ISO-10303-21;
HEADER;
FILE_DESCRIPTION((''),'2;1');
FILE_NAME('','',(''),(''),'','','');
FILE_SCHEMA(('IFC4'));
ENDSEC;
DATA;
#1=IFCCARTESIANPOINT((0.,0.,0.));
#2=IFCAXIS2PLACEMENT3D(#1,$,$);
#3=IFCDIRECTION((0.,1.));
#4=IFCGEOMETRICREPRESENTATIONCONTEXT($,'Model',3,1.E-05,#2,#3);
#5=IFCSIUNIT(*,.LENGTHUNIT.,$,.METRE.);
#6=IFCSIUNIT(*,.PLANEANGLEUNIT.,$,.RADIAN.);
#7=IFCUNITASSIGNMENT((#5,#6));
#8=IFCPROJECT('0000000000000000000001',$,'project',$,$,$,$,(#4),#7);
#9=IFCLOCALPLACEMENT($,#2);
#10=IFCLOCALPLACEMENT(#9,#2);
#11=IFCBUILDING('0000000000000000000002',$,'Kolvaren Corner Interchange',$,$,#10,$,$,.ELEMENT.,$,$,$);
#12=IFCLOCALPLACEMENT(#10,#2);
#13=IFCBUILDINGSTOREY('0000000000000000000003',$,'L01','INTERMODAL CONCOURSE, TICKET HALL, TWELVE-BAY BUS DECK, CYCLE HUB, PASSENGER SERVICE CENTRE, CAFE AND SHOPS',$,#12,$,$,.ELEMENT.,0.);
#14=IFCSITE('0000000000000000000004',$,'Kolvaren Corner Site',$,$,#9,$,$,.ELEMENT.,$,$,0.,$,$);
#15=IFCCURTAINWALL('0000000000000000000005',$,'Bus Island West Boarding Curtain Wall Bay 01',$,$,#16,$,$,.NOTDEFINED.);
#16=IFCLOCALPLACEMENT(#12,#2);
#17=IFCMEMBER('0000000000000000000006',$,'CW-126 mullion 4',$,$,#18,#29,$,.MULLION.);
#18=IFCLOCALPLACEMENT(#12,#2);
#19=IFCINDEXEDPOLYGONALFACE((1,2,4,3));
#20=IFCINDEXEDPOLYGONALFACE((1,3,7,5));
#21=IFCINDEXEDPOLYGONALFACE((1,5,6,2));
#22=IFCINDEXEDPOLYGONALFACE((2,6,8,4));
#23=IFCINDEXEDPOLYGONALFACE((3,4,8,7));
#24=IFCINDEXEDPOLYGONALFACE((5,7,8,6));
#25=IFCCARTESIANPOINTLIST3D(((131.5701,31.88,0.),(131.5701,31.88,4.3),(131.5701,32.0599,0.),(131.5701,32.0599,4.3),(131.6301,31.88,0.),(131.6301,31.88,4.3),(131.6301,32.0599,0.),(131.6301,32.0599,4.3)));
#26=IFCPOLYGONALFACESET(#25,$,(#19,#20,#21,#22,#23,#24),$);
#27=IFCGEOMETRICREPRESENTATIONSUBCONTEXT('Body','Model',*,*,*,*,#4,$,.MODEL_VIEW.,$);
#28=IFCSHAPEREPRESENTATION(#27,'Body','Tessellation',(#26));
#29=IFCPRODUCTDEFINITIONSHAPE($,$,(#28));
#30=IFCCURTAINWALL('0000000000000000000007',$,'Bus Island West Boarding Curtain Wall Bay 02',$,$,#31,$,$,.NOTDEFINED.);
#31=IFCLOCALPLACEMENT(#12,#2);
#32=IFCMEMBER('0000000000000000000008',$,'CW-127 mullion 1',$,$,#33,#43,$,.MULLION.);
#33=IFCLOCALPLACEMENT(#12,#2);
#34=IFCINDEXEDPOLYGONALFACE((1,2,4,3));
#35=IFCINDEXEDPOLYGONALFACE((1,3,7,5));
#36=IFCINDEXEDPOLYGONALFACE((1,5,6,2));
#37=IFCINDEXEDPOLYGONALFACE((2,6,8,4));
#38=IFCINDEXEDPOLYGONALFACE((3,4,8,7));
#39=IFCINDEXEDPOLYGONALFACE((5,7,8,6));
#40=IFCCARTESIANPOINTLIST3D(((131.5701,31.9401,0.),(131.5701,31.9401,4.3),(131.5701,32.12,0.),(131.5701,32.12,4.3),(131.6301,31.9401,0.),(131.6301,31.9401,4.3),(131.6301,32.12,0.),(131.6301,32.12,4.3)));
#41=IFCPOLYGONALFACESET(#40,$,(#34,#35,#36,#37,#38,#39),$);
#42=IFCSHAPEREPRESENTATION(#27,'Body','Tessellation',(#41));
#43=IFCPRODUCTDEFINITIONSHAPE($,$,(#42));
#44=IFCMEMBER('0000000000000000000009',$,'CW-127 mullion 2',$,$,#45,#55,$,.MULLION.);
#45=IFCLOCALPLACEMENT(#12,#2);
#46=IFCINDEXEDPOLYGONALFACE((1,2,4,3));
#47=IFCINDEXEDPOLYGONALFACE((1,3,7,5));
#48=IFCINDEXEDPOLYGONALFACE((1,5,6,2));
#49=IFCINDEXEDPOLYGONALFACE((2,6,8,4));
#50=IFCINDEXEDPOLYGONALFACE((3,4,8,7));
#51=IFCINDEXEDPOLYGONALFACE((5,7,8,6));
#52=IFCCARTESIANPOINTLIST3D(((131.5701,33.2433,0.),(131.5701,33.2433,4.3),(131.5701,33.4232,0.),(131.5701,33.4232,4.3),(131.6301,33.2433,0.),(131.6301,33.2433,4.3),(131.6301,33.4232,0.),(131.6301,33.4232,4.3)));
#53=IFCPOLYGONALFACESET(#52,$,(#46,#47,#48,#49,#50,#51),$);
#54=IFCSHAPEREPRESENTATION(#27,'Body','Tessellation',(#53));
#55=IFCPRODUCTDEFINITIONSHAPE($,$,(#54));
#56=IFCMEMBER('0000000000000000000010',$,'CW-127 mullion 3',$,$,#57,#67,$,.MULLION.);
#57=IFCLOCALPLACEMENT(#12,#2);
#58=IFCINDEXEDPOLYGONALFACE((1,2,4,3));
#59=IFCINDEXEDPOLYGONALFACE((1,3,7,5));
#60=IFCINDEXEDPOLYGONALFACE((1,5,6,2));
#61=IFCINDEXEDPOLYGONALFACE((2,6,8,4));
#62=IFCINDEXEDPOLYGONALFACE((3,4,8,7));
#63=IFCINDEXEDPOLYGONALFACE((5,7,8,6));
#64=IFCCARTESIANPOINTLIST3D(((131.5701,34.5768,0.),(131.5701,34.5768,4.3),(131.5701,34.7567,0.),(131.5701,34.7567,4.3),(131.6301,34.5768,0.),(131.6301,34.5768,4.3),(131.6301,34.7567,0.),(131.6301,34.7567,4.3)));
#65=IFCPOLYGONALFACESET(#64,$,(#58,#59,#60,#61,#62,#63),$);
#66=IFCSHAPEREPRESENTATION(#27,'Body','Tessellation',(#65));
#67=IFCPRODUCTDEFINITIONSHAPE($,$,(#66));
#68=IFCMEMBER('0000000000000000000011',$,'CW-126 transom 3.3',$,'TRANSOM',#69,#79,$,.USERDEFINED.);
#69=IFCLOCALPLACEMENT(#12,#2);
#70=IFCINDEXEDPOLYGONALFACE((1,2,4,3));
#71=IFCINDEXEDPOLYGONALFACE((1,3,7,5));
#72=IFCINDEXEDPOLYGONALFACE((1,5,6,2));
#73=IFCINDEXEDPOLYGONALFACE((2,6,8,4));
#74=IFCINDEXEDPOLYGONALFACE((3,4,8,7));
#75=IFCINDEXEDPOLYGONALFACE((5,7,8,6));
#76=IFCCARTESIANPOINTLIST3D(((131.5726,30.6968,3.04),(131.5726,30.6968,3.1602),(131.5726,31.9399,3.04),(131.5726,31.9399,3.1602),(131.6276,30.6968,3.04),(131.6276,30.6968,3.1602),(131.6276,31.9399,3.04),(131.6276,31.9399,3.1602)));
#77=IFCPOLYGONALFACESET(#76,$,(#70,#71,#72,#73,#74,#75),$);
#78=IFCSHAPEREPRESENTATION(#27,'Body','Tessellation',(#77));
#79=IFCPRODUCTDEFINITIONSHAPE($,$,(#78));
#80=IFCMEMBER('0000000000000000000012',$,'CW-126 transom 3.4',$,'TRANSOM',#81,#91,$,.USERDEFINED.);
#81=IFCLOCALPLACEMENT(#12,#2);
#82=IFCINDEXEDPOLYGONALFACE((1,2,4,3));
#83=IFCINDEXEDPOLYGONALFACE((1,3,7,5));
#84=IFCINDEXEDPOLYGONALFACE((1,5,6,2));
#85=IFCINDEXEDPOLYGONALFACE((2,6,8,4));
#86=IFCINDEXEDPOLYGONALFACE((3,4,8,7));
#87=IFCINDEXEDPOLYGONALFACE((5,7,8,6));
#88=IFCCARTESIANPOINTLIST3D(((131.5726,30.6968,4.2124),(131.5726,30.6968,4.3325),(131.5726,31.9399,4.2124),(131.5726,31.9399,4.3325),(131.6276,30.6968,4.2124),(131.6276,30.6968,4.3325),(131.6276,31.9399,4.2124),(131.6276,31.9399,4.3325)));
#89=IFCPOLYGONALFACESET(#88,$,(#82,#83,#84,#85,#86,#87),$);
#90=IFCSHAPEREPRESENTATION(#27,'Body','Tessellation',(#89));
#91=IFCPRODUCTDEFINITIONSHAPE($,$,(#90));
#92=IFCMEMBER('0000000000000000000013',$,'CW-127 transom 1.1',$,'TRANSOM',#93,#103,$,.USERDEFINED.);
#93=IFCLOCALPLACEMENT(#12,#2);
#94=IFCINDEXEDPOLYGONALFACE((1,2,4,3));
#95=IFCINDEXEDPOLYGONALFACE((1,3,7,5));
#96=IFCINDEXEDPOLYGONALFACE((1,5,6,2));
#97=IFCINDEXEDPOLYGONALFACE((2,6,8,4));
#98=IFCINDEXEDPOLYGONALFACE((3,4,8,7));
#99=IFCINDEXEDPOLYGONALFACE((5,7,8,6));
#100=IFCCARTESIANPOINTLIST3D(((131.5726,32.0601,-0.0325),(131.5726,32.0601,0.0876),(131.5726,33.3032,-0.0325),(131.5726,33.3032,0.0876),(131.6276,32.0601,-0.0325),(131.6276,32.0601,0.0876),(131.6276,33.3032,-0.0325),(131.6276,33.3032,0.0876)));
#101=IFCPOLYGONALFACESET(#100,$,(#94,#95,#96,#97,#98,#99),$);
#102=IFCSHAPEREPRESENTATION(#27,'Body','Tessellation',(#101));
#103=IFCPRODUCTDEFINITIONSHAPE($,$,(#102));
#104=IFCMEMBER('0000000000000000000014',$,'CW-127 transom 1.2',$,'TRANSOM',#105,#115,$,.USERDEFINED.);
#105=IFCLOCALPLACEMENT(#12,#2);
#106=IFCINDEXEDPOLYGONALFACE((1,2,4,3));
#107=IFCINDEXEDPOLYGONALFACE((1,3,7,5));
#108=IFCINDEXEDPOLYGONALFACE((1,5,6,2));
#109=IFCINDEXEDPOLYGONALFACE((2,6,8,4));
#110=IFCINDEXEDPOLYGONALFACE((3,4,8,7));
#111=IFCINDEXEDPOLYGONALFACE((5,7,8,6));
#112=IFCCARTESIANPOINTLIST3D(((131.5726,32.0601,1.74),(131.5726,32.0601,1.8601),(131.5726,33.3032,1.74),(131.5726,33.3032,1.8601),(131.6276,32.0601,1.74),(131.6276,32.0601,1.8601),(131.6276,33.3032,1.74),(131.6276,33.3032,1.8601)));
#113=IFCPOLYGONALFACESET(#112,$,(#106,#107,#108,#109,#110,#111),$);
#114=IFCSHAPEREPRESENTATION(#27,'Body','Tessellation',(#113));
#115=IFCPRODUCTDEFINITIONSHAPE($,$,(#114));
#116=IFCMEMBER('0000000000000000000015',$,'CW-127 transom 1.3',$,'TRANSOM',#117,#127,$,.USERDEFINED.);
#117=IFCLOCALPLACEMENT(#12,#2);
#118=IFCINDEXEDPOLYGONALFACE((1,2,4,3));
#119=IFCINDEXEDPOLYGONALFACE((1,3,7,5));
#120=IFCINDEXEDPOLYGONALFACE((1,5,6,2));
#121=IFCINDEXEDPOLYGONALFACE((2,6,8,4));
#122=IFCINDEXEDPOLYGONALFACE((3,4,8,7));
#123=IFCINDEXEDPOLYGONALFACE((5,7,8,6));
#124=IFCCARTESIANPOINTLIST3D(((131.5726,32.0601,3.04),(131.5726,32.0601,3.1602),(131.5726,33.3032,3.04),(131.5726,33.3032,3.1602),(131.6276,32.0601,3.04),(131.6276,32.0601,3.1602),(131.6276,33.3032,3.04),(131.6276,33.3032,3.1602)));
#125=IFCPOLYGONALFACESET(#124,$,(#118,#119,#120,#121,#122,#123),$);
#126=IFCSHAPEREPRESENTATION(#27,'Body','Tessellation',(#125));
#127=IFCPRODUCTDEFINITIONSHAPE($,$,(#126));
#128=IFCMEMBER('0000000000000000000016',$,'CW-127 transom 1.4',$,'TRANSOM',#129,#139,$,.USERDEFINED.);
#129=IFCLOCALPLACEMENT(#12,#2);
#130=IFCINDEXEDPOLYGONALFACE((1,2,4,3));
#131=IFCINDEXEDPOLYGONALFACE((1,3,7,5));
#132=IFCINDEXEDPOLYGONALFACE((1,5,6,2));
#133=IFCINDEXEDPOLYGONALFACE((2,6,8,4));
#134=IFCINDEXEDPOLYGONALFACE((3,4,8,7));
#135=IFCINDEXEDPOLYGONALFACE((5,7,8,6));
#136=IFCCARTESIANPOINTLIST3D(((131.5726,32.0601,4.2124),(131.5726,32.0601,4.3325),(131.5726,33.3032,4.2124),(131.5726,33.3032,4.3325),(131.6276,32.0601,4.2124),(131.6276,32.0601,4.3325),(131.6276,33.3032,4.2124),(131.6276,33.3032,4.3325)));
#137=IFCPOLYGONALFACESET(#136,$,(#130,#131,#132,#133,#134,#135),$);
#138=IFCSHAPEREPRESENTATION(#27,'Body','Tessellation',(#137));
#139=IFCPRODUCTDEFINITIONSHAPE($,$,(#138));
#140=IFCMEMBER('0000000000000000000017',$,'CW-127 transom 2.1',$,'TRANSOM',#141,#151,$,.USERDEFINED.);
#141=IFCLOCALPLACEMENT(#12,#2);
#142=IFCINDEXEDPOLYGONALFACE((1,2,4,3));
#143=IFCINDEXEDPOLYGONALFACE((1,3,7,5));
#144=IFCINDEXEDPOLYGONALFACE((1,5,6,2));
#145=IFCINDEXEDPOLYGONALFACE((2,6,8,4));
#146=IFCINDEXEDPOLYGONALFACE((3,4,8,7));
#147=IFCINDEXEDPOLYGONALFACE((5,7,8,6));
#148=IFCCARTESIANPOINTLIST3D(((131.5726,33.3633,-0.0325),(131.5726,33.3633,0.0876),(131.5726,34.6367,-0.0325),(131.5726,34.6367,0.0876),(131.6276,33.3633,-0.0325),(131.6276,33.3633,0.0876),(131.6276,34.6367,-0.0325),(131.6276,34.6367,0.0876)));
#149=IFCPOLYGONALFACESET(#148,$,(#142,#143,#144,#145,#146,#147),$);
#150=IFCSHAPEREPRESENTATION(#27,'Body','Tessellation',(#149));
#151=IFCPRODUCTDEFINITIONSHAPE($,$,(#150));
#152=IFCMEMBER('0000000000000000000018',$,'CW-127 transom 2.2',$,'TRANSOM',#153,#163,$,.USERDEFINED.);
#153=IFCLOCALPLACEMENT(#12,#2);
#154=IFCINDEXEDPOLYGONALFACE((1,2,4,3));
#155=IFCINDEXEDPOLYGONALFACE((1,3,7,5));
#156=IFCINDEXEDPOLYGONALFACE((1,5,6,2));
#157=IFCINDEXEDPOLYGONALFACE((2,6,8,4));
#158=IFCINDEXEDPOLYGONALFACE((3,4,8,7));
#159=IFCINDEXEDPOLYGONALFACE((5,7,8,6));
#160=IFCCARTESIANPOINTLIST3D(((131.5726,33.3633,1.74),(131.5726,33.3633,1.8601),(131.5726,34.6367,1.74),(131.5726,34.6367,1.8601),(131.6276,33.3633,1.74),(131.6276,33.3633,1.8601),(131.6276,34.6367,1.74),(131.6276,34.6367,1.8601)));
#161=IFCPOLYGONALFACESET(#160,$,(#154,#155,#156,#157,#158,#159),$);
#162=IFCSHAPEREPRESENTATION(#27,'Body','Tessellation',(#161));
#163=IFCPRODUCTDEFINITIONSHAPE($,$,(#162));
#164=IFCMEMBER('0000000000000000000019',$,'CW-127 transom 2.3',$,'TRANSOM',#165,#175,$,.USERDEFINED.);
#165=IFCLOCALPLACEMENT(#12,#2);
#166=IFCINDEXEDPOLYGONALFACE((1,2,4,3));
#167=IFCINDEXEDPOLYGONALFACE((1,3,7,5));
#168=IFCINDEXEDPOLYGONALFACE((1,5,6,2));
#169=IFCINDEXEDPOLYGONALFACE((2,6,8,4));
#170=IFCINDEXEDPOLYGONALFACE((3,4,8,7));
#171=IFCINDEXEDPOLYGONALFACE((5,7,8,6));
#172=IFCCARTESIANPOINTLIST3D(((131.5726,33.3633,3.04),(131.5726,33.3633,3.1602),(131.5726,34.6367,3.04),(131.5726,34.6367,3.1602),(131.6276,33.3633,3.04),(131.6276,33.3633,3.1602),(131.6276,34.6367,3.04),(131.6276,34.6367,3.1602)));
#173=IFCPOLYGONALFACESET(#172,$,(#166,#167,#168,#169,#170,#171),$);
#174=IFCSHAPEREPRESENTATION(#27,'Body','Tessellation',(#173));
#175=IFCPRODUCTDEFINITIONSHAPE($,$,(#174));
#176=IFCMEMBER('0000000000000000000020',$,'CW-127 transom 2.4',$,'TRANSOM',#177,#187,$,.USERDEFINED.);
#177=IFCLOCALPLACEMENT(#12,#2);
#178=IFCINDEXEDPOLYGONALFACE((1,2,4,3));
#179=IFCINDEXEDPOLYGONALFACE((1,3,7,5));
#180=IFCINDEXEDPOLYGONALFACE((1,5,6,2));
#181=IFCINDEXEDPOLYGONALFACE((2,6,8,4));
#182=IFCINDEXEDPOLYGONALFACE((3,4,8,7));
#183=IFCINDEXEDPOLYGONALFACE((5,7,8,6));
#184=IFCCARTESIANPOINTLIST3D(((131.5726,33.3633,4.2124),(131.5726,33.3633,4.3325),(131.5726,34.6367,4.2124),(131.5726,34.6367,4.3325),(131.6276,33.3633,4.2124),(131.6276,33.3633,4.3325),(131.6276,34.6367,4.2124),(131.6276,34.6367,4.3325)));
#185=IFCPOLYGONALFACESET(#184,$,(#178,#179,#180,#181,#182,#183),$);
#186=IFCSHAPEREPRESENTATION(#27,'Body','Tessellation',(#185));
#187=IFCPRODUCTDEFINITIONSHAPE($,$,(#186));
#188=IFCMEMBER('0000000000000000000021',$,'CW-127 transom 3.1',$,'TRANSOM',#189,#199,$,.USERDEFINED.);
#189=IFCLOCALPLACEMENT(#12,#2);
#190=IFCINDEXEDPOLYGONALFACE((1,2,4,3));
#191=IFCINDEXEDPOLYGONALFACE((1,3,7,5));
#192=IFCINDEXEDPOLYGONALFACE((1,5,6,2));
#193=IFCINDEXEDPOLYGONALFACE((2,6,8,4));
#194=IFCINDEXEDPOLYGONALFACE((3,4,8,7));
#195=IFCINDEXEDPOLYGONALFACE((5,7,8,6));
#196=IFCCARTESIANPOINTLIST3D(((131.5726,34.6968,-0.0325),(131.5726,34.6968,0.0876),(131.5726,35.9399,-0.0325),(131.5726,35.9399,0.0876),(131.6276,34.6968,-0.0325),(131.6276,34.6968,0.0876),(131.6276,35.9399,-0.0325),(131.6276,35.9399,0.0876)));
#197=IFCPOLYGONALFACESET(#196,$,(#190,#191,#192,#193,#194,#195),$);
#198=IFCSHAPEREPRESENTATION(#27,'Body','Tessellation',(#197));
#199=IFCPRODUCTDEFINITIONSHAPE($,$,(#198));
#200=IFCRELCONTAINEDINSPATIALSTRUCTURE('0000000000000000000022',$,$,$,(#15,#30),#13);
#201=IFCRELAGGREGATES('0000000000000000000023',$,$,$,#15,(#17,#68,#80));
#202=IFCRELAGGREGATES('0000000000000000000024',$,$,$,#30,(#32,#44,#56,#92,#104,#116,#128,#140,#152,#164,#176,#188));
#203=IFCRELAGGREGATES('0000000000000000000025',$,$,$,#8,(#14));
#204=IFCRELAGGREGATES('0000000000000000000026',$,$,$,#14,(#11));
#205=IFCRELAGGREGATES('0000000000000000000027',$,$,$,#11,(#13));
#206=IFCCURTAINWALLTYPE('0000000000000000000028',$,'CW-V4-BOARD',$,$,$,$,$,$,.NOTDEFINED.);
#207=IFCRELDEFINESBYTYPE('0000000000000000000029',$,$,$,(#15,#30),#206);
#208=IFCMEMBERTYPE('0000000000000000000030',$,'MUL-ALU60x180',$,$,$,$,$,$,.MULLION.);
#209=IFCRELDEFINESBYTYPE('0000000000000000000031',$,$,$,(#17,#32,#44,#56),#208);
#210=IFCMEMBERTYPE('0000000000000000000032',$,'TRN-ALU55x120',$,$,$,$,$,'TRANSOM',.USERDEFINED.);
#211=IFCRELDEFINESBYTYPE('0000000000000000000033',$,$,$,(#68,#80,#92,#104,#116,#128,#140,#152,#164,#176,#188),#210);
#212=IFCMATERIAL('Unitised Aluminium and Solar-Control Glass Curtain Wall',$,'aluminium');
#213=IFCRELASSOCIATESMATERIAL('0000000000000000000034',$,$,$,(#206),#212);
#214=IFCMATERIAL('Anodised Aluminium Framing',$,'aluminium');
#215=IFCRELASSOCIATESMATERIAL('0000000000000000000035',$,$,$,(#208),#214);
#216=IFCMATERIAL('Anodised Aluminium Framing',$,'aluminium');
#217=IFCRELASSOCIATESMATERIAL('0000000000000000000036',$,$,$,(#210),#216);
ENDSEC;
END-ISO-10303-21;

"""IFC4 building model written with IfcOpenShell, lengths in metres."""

from ifc_helpers import new_model, si_unit, direction, frame, origin, origin_2d, place, context, subcontext, project, spatial, rectangle, extrude, material, material_profile, profile_set, type_object, element, aggregate, save


model = new_model("IFC4")

# Units and contexts
model_context = context("Model", 3, precision=1e-05, world=origin(), true_north=direction((0.0, 1.0)))
body_context = subcontext(model_context, "Body", "Model", "MODEL_VIEW")
ifc_project = project(units=[si_unit("LENGTHUNIT", "METRE"), si_unit("PLANEANGLEUNIT", "RADIAN")], contexts=[model_context])

# Site, building, storey
site_placement = place(None, origin())
site = spatial("IfcSite", under=ifc_project, at=site_placement, Name="Kolvaren Corner Site", CompositionType="ELEMENT", RefElevation=0.0)
building_placement = place(site_placement, origin())
building = spatial("IfcBuilding", under=site, at=building_placement, Name="Kolvaren Corner Interchange", CompositionType="ELEMENT")
storey_placement = place(building_placement, origin())
storey = spatial("IfcBuildingStorey", under=building, at=storey_placement, Name="L01", Description="INTERMODAL CONCOURSE, TICKET HALL, TWELVE-BAY BUS DECK, CYCLE HUB, PASSENGER SERVICE CENTRE, CAFE AND SHOPS", CompositionType="ELEMENT", Elevation=0.0)

# Curtain wall, member
ifc_material_1 = material(Name="Unitised Aluminium and Solar-Control Glass Curtain Wall", Category="aluminium")
curtain_wall_type = type_object("IfcCurtainWallType", Name="CW-V4-BOARD", PredefinedType="NOTDEFINED", material=ifc_material_1)
curtain_wall_1_placement = place(storey_placement, origin())
curtain_wall_1 = element("IfcCurtainWall", 1, at=curtain_wall_1_placement, inside=storey, type_object=curtain_wall_type, Name="Bus Island West Boarding Curtain Wall Bay 01", PredefinedType="NOTDEFINED")
ifc_material_2 = material(Name="Anodised Aluminium Framing", Category="aluminium")
ifc_material_profile_1 = material_profile(ifc_material_2, rectangle(XDim=0.0601, YDim=0.1799, at=origin_2d()), Name="ALU 60x180")
ifc_profile_set_1 = profile_set([ifc_material_profile_1], Name="Anodised Aluminium Framing")
member_type_1 = type_object("IfcMemberType", Name="MUL-ALU60x180", PredefinedType="MULLION", material=ifc_profile_set_1)
member_1_placement = place(storey_placement, frame((131.6001, 31.97, 0.0), z_axis=(0.0, 0.0, 1.0), x_axis=(-1.0, 0.0, 0.0)))
member_1 = element("IfcMember", 2, at=member_1_placement, type_object=member_type_1, Name="CW-126 mullion 4", PredefinedType="MULLION", context=body_context, shape_type="SweptSolid", body=[
    extrude(rectangle(XDim=0.0601, YDim=0.1799, at=origin_2d()), origin(), (0.0, 0.0, 1.0), 4.3),
])

# Curtain wall, members
curtain_wall_2_placement = place(storey_placement, origin())
curtain_wall_2 = element("IfcCurtainWall", 3, at=curtain_wall_2_placement, inside=storey, type_object=curtain_wall_type, Name="Bus Island West Boarding Curtain Wall Bay 02", PredefinedType="NOTDEFINED")
member_2_placement = place(storey_placement, frame((131.6001, 32.03, 0.0), z_axis=(0.0, 0.0, 1.0), x_axis=(-1.0, 0.0, 0.0)))
member_2 = element("IfcMember", 4, at=member_2_placement, type_object=member_type_1, Name="CW-127 mullion 1", PredefinedType="MULLION", context=body_context, shape_type="SweptSolid", body=[
    extrude(rectangle(XDim=0.0601, YDim=0.1799, at=origin_2d()), origin(), (0.0, 0.0, 1.0), 4.3),
])
member_3_placement = place(storey_placement, frame((131.6001, 33.3333, 0.0), z_axis=(0.0, 0.0, 1.0), x_axis=(-1.0, 0.0, 0.0)))
member_3 = element("IfcMember", 5, at=member_3_placement, type_object=member_type_1, Name="CW-127 mullion 2", PredefinedType="MULLION", context=body_context, shape_type="SweptSolid", body=[
    extrude(rectangle(XDim=0.0601, YDim=0.1799, at=origin_2d()), origin(), (0.0, 0.0, 1.0), 4.3),
])
member_4_placement = place(storey_placement, frame((131.6001, 34.6667, 0.0), z_axis=(0.0, 0.0, 1.0), x_axis=(-1.0, 0.0, 0.0)))
member_4 = element("IfcMember", 6, at=member_4_placement, type_object=member_type_1, Name="CW-127 mullion 3", PredefinedType="MULLION", context=body_context, shape_type="SweptSolid", body=[
    extrude(rectangle(XDim=0.0601, YDim=0.1799, at=origin_2d()), origin(), (0.0, 0.0, 1.0), 4.3),
])

# Members
ifc_material_3 = material(Name="Anodised Aluminium Framing", Category="aluminium")
ifc_material_profile_2 = material_profile(ifc_material_3, rectangle(XDim=0.0549, YDim=0.1201, at=origin_2d()), Name="ALU 55x120")
ifc_profile_set_2 = profile_set([ifc_material_profile_2], Name="Anodised Aluminium Framing")
member_type_2 = type_object("IfcMemberType", Name="TRN-ALU55x120", ElementType="TRANSOM", PredefinedType="USERDEFINED", material=ifc_profile_set_2)
member_5_placement = place(storey_placement, frame((131.6001, 30.6968, 3.1001), z_axis=(0.0, 1.0, 0.0), x_axis=(-1.0, 0.0, 0.0)))
member_5 = element("IfcMember", 7, at=member_5_placement, type_object=member_type_2, Name="CW-126 transom 3.3", ObjectType="TRANSOM", PredefinedType="USERDEFINED", context=body_context, shape_type="SweptSolid", body=[
    extrude(rectangle(XDim=0.0549, YDim=0.1201, at=origin_2d()), origin(), (0.0, 0.0, 1.0), 1.2432),
])
member_6_placement = place(storey_placement, frame((131.6001, 30.6968, 4.2725), z_axis=(0.0, 1.0, 0.0), x_axis=(-1.0, 0.0, 0.0)))
member_6 = element("IfcMember", 8, at=member_6_placement, type_object=member_type_2, Name="CW-126 transom 3.4", ObjectType="TRANSOM", PredefinedType="USERDEFINED", context=body_context, shape_type="SweptSolid", body=[
    extrude(rectangle(XDim=0.0549, YDim=0.1201, at=origin_2d()), origin(), (0.0, 0.0, 1.0), 1.2432),
])
member_7_placement = place(storey_placement, frame((131.6001, 32.0601, 0.0276), z_axis=(0.0, 1.0, 0.0), x_axis=(-1.0, 0.0, 0.0)))
member_7 = element("IfcMember", 9, at=member_7_placement, type_object=member_type_2, Name="CW-127 transom 1.1", ObjectType="TRANSOM", PredefinedType="USERDEFINED", context=body_context, shape_type="SweptSolid", body=[
    extrude(rectangle(XDim=0.0549, YDim=0.1201, at=origin_2d()), origin(), (0.0, 0.0, 1.0), 1.2432),
])
member_8_placement = place(storey_placement, frame((131.6001, 32.0601, 1.8), z_axis=(0.0, 1.0, 0.0), x_axis=(-1.0, 0.0, 0.0)))
member_8 = element("IfcMember", 10, at=member_8_placement, type_object=member_type_2, Name="CW-127 transom 1.2", ObjectType="TRANSOM", PredefinedType="USERDEFINED", context=body_context, shape_type="SweptSolid", body=[
    extrude(rectangle(XDim=0.0549, YDim=0.1201, at=origin_2d()), origin(), (0.0, 0.0, 1.0), 1.2432),
])
member_9_placement = place(storey_placement, frame((131.6001, 32.0601, 3.1001), z_axis=(0.0, 1.0, 0.0), x_axis=(-1.0, 0.0, 0.0)))
member_9 = element("IfcMember", 11, at=member_9_placement, type_object=member_type_2, Name="CW-127 transom 1.3", ObjectType="TRANSOM", PredefinedType="USERDEFINED", context=body_context, shape_type="SweptSolid", body=[
    extrude(rectangle(XDim=0.0549, YDim=0.1201, at=origin_2d()), origin(), (0.0, 0.0, 1.0), 1.2432),
])
member_10_placement = place(storey_placement, frame((131.6001, 32.0601, 4.2725), z_axis=(0.0, 1.0, 0.0), x_axis=(-1.0, 0.0, 0.0)))
member_10 = element("IfcMember", 12, at=member_10_placement, type_object=member_type_2, Name="CW-127 transom 1.4", ObjectType="TRANSOM", PredefinedType="USERDEFINED", context=body_context, shape_type="SweptSolid", body=[
    extrude(rectangle(XDim=0.0549, YDim=0.1201, at=origin_2d()), origin(), (0.0, 0.0, 1.0), 1.2432),
])
member_11_placement = place(storey_placement, frame((131.6001, 33.3633, 0.0276), z_axis=(0.0, 1.0, 0.0), x_axis=(-1.0, 0.0, 0.0)))
member_11 = element("IfcMember", 13, at=member_11_placement, type_object=member_type_2, Name="CW-127 transom 2.1", ObjectType="TRANSOM", PredefinedType="USERDEFINED", context=body_context, shape_type="SweptSolid", body=[
    extrude(rectangle(XDim=0.0549, YDim=0.1201, at=origin_2d()), origin(), (0.0, 0.0, 1.0), 1.2734),
])
member_12_placement = place(storey_placement, frame((131.6001, 33.3633, 1.8), z_axis=(0.0, 1.0, 0.0), x_axis=(-1.0, 0.0, 0.0)))
member_12 = element("IfcMember", 14, at=member_12_placement, type_object=member_type_2, Name="CW-127 transom 2.2", ObjectType="TRANSOM", PredefinedType="USERDEFINED", context=body_context, shape_type="SweptSolid", body=[
    extrude(rectangle(XDim=0.0549, YDim=0.1201, at=origin_2d()), origin(), (0.0, 0.0, 1.0), 1.2734),
])
member_13_placement = place(storey_placement, frame((131.6001, 33.3633, 3.1001), z_axis=(0.0, 1.0, 0.0), x_axis=(-1.0, 0.0, 0.0)))
member_13 = element("IfcMember", 15, at=member_13_placement, type_object=member_type_2, Name="CW-127 transom 2.3", ObjectType="TRANSOM", PredefinedType="USERDEFINED", context=body_context, shape_type="SweptSolid", body=[
    extrude(rectangle(XDim=0.0549, YDim=0.1201, at=origin_2d()), origin(), (0.0, 0.0, 1.0), 1.2734),
])
member_14_placement = place(storey_placement, frame((131.6001, 33.3633, 4.2725), z_axis=(0.0, 1.0, 0.0), x_axis=(-1.0, 0.0, 0.0)))
member_14 = element("IfcMember", 16, at=member_14_placement, type_object=member_type_2, Name="CW-127 transom 2.4", ObjectType="TRANSOM", PredefinedType="USERDEFINED", context=body_context, shape_type="SweptSolid", body=[
    extrude(rectangle(XDim=0.0549, YDim=0.1201, at=origin_2d()), origin(), (0.0, 0.0, 1.0), 1.2734),
])
member_15_placement = place(storey_placement, frame((131.6001, 34.6968, 0.0276), z_axis=(0.0, 1.0, 0.0), x_axis=(-1.0, 0.0, 0.0)))
member_15 = element("IfcMember", 17, at=member_15_placement, type_object=member_type_2, Name="CW-127 transom 3.1", ObjectType="TRANSOM", PredefinedType="USERDEFINED", context=body_context, shape_type="SweptSolid", body=[
    extrude(rectangle(XDim=0.0549, YDim=0.1201, at=origin_2d()), origin(), (0.0, 0.0, 1.0), 1.2432),
])

aggregate(curtain_wall_1, [member_1, member_5, member_6])
aggregate(curtain_wall_2, [member_2, member_3, member_4, member_7, member_8, member_9, member_10, member_11, member_12, member_13, member_14, member_15])

save(model, "model.ifc")
